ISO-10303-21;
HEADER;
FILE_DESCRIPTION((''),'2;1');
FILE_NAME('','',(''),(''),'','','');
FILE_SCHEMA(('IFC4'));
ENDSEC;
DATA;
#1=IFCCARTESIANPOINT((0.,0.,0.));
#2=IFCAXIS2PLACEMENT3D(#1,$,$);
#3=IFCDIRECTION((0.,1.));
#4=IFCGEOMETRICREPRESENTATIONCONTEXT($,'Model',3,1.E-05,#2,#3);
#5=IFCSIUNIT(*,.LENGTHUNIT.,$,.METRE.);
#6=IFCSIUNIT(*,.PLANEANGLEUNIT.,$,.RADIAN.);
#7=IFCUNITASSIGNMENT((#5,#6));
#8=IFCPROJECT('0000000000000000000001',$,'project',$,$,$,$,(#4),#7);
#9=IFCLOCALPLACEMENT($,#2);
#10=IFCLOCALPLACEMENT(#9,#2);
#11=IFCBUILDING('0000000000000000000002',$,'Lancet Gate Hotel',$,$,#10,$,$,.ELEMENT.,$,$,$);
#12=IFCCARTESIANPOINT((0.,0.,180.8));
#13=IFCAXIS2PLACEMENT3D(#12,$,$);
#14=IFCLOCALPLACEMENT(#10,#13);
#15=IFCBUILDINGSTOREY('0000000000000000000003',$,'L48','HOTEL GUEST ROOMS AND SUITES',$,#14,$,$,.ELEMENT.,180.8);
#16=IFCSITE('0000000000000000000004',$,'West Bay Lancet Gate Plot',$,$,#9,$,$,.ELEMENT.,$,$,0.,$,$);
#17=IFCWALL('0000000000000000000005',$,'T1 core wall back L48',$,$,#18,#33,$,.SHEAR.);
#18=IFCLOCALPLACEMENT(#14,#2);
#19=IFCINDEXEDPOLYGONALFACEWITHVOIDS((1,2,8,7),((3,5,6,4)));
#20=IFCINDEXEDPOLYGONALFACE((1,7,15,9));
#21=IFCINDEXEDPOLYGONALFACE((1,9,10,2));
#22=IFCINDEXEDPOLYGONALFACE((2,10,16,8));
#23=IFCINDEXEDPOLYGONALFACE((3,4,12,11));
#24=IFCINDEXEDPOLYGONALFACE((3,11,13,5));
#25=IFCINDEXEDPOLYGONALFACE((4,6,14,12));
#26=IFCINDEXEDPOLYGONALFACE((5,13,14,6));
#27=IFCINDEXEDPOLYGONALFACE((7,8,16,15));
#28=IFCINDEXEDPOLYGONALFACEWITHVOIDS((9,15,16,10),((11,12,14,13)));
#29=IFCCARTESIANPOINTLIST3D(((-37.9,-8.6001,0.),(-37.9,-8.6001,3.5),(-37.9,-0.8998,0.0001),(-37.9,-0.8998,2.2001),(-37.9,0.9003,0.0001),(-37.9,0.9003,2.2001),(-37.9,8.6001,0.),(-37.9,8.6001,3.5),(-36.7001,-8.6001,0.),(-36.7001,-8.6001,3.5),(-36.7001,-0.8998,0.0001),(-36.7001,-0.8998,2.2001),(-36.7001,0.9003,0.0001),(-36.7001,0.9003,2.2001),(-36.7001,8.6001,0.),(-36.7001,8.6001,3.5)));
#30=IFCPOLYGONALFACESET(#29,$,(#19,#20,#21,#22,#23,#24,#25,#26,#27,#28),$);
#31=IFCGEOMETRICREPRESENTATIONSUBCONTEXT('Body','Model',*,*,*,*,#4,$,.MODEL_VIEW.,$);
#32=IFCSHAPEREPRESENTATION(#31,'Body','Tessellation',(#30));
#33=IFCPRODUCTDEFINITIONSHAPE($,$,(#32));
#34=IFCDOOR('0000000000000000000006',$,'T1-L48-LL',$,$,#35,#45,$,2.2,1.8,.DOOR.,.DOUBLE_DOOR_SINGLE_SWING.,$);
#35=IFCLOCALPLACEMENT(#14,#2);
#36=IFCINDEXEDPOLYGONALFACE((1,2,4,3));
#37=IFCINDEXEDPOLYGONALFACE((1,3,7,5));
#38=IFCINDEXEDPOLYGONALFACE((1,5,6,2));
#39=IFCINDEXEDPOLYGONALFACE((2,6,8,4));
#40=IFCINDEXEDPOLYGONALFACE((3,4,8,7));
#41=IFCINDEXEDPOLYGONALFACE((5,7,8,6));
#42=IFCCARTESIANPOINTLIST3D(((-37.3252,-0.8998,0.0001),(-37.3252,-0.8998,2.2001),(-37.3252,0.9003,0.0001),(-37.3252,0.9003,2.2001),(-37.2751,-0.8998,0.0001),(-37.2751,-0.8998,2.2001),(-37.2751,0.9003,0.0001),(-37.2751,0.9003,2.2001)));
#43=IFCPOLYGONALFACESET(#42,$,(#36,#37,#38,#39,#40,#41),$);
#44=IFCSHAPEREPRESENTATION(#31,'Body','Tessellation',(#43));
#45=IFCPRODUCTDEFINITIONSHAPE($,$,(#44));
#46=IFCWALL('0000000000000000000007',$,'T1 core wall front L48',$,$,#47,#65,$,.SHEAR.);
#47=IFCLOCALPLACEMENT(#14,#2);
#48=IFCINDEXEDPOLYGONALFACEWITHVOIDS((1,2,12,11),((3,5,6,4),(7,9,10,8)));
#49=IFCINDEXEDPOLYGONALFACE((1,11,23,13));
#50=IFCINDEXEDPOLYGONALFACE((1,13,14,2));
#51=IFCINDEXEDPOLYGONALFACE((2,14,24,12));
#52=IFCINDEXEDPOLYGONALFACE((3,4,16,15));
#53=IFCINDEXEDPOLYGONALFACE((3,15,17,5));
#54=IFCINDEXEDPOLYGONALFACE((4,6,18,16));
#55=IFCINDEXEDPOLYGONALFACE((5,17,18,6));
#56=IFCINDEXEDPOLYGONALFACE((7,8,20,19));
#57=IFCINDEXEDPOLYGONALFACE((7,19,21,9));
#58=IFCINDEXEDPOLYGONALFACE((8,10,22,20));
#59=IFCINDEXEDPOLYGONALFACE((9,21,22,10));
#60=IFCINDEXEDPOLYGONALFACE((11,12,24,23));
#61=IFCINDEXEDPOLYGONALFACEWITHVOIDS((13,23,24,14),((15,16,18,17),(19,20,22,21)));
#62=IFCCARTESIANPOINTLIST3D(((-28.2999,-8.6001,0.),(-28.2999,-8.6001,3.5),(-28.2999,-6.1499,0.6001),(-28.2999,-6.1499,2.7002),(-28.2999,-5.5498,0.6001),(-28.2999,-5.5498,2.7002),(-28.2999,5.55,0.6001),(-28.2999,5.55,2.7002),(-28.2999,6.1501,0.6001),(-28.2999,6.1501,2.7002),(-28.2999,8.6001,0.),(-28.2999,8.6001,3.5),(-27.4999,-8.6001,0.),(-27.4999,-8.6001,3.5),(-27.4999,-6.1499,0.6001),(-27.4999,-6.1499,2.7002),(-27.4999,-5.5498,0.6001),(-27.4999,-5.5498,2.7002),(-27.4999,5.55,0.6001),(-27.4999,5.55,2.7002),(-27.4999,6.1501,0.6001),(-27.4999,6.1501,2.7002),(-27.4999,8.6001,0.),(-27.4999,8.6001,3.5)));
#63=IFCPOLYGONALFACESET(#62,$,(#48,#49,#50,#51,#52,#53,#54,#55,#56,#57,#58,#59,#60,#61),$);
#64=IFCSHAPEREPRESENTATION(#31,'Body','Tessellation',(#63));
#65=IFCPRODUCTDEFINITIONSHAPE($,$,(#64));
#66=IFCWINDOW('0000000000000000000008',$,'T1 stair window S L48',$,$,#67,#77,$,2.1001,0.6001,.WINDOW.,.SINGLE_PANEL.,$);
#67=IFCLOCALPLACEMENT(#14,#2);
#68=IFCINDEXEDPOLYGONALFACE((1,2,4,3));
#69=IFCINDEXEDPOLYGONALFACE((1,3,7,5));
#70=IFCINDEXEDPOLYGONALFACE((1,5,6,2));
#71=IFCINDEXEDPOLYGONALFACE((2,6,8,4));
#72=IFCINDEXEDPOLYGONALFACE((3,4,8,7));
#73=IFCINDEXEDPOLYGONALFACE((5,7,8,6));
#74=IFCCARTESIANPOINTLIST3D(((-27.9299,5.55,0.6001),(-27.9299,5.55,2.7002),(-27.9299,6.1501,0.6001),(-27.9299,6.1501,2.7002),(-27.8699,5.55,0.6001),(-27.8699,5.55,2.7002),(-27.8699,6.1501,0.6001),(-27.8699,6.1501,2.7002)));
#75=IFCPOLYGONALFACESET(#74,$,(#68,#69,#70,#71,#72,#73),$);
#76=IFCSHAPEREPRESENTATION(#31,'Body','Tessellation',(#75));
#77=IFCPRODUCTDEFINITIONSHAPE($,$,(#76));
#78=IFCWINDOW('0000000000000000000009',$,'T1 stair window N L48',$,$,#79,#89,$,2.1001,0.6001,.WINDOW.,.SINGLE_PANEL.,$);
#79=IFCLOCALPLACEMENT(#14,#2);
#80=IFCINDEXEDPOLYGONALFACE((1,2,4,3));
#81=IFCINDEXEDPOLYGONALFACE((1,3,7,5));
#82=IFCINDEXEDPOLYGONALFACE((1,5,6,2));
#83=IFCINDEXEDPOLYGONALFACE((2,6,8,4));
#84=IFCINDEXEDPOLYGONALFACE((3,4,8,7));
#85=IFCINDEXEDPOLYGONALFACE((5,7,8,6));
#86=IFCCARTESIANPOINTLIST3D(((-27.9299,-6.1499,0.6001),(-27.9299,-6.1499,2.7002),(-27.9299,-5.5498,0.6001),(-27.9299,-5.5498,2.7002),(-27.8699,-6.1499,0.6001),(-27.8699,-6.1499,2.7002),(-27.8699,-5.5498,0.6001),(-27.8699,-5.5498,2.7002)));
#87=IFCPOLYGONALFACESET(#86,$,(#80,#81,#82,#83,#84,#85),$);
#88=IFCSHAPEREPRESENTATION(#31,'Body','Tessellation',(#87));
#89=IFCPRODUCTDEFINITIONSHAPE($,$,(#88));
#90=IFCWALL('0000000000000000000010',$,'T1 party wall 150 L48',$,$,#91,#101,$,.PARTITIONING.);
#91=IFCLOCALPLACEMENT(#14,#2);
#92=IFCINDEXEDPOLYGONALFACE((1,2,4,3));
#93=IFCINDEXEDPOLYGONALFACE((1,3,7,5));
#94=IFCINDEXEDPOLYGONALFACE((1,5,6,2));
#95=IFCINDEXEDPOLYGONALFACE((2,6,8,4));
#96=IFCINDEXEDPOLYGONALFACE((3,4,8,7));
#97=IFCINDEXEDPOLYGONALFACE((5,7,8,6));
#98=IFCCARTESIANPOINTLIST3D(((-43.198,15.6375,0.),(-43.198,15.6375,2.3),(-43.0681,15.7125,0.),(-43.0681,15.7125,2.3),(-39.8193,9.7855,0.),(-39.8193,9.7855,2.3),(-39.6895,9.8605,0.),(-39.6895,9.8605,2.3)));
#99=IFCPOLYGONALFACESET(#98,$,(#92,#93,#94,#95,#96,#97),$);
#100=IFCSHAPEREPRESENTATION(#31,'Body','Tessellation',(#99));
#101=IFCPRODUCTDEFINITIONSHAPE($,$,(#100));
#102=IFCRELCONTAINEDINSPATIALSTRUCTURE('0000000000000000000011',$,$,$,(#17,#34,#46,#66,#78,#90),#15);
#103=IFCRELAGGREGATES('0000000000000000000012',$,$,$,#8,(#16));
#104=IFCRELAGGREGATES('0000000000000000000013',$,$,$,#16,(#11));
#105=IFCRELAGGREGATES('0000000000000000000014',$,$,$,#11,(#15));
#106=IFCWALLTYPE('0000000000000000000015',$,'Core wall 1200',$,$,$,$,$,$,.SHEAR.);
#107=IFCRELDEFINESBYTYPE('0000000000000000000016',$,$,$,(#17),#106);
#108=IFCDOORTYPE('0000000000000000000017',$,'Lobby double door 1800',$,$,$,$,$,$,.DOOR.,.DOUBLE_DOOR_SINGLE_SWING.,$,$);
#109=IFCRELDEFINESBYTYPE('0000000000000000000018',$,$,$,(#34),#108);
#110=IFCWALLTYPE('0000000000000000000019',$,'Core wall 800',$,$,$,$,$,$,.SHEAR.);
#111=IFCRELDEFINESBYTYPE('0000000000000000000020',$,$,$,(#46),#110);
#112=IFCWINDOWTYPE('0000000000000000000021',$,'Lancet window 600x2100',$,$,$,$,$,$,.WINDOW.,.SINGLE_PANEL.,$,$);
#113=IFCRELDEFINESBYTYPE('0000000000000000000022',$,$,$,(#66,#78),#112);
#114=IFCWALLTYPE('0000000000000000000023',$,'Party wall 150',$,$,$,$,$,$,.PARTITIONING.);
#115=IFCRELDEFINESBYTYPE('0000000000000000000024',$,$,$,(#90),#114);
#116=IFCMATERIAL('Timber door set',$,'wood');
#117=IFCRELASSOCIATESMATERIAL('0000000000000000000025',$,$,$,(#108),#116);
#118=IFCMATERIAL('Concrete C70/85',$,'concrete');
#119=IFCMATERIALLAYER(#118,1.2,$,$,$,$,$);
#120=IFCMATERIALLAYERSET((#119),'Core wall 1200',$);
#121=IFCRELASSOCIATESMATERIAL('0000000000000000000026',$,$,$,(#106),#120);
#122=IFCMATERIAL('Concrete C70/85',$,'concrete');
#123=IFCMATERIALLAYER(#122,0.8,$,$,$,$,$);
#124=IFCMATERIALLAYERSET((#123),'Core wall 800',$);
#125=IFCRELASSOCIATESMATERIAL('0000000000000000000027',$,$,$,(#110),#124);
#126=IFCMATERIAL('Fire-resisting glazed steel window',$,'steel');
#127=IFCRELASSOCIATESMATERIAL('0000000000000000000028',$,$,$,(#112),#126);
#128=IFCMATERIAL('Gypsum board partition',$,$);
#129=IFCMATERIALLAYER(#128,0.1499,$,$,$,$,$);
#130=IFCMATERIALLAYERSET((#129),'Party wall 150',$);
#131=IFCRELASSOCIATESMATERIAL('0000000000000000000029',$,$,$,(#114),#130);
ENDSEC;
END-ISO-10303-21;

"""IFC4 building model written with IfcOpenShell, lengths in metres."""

from ifc_helpers import new_model, si_unit, direction, frame, frame_2d, origin, place, context, subcontext, project, spatial, rectangle, extrude, material, layer, layer_set, type_object, element, fill, save


model = new_model("IFC4")

# Units and contexts
model_context = context("Model", 3, precision=1e-05, world=origin(), true_north=direction((0.0, 1.0)))
body_context = subcontext(model_context, "Body", "Model", "MODEL_VIEW")
ifc_project = project(units=[si_unit("LENGTHUNIT", "METRE"), si_unit("PLANEANGLEUNIT", "RADIAN")], contexts=[model_context])

# Site, building, storey
site_placement = place(None, origin())
site = spatial("IfcSite", under=ifc_project, at=site_placement, Name="West Bay Lancet Gate Plot", CompositionType="ELEMENT", RefElevation=0.0)
building_placement = place(site_placement, origin())
building = spatial("IfcBuilding", under=site, at=building_placement, Name="Lancet Gate Hotel", CompositionType="ELEMENT")
storey_placement = place(building_placement, frame((0.0, 0.0, 180.8)))
storey = spatial("IfcBuildingStorey", under=building, at=storey_placement, Name="L48", Description="HOTEL GUEST ROOMS AND SUITES", CompositionType="ELEMENT", Elevation=180.8)

# Shared definitions
ifc_material_1 = material(Name="Timber door set", Category="wood")
door_type_1 = type_object("IfcDoorType", Name="Lobby double door 1800", OperationType="DOUBLE_DOOR_SINGLE_SWING", PredefinedType="DOOR", material=ifc_material_1)

# Wall, opening, door
ifc_material_2 = material(Name="Concrete C70/85", Category="concrete")
ifc_layer_1 = layer(ifc_material_2, 1.2)
ifc_layer_set_1 = layer_set([ifc_layer_1], Name="Core wall 1200")
wall_type_1 = type_object("IfcWallType", Name="Core wall 1200", PredefinedType="SHEAR", material=ifc_layer_set_1)
wall_1_placement = place(storey_placement, frame((-37.3, 8.6001, 0.0), z_axis=(0.0, 0.0, 1.0), x_axis=(0.0, -1.0, 0.0)))
wall_1 = element("IfcWall", 1, at=wall_1_placement, inside=storey, type_object=wall_type_1, Name="T1 core wall back L48", PredefinedType="SHEAR", context=body_context, shape_type="SweptSolid", body=[
    extrude(rectangle(XDim=17.2002, YDim=1.2, at=frame_2d((8.6001, 0.0))), origin(), (0.0, 0.0, 1.0), 3.5),
])
opening_1_placement = place(wall_1_placement, frame((7.7, 0.0, 0.0)))
opening_1 = element("IfcOpeningElement", 2, at=opening_1_placement, cuts=wall_1, PredefinedType="OPENING", context=body_context, shape_type="SweptSolid", body=[
    extrude(rectangle(XDim=1.8, YDim=2.2, at=frame_2d((0.8999, 1.1001))), frame((0.0, 0.6099, 0.0), z_axis=(0.0, -1.0, 0.0), x_axis=(1.0, 0.0, 0.0)), (0.0, 0.0, 1.0), 1.22),
])
door_1_placement = place(opening_1_placement, origin())
door_1 = element("IfcDoor", 3, at=door_1_placement, inside=storey, type_object=door_type_1, Name="T1-L48-LL", OperationType="DOUBLE_DOOR_SINGLE_SWING", OverallHeight=2.2, OverallWidth=1.8, PredefinedType="DOOR", context=body_context, shape_type="SweptSolid", body=[
    extrude(rectangle(XDim=1.8, YDim=2.2, at=frame_2d((0.8999, 1.1001))), frame((0.0, 0.0249, 0.0), z_axis=(0.0, -1.0, 0.0), x_axis=(1.0, 0.0, 0.0)), (0.0, 0.0, 1.0), 0.05),
])
fill(opening_1, door_1)

# Wall, openings, windows
ifc_material_3 = material(Name="Concrete C70/85", Category="concrete")
ifc_layer_2 = layer(ifc_material_3, 0.8)
ifc_layer_set_2 = layer_set([ifc_layer_2], Name="Core wall 800")
wall_type_2 = type_object("IfcWallType", Name="Core wall 800", PredefinedType="SHEAR", material=ifc_layer_set_2)
wall_2_placement = place(storey_placement, frame((-27.8999, 8.6001, 0.0), z_axis=(0.0, 0.0, 1.0), x_axis=(0.0, -1.0, 0.0)))
wall_2 = element("IfcWall", 4, at=wall_2_placement, inside=storey, type_object=wall_type_2, Name="T1 core wall front L48", PredefinedType="SHEAR", context=body_context, shape_type="SweptSolid", body=[
    extrude(rectangle(XDim=17.2002, YDim=0.8, at=frame_2d((8.6001, 0.0))), origin(), (0.0, 0.0, 1.0), 3.5),
])
opening_2_placement = place(wall_2_placement, frame((2.45, 0.0, 0.6001)))
opening_2 = element("IfcOpeningElement", 5, at=opening_2_placement, cuts=wall_2, PredefinedType="OPENING", context=body_context, shape_type="SweptSolid", body=[
    extrude(rectangle(XDim=0.6001, YDim=2.1001, at=frame_2d((0.3, 1.05))), frame((0.0, 0.4099, 0.0), z_axis=(0.0, -1.0, 0.0), x_axis=(1.0, 0.0, 0.0)), (0.0, 0.0, 1.0), 0.8201),
])
opening_3_placement = place(wall_2_placement, frame((14.1499, 0.0, 0.6001)))
opening_3 = element("IfcOpeningElement", 6, at=opening_3_placement, cuts=wall_2, PredefinedType="OPENING", context=body_context, shape_type="SweptSolid", body=[
    extrude(rectangle(XDim=0.6001, YDim=2.1001, at=frame_2d((0.3, 1.05))), frame((0.0, 0.4099, 0.0), z_axis=(0.0, -1.0, 0.0), x_axis=(1.0, 0.0, 0.0)), (0.0, 0.0, 1.0), 0.8201),
])
ifc_material_4 = material(Name="Fire-resisting glazed steel window", Category="steel")
window_type = type_object("IfcWindowType", Name="Lancet window 600x2100", PartitioningType="SINGLE_PANEL", PredefinedType="WINDOW", material=ifc_material_4)
window_1_placement = place(opening_2_placement, origin())
window_1 = element("IfcWindow", 7, at=window_1_placement, inside=storey, type_object=window_type, Name="T1 stair window S L48", OverallHeight=2.1001, OverallWidth=0.6001, PartitioningType="SINGLE_PANEL", PredefinedType="WINDOW", context=body_context, shape_type="SweptSolid", body=[
    extrude(rectangle(XDim=0.6001, YDim=2.1001, at=frame_2d((0.3, 1.05))), frame((0.0, 0.03, 0.0), z_axis=(0.0, -1.0, 0.0), x_axis=(1.0, 0.0, 0.0)), (0.0, 0.0, 1.0), 0.0601),
])
fill(opening_2, window_1)
window_2_placement = place(opening_3_placement, origin())
window_2 = element("IfcWindow", 8, at=window_2_placement, inside=storey, type_object=window_type, Name="T1 stair window N L48", OverallHeight=2.1001, OverallWidth=0.6001, PartitioningType="SINGLE_PANEL", PredefinedType="WINDOW", context=body_context, shape_type="SweptSolid", body=[
    extrude(rectangle(XDim=0.6001, YDim=2.1001, at=frame_2d((0.3, 1.05))), frame((0.0, 0.03, 0.0), z_axis=(0.0, -1.0, 0.0), x_axis=(1.0, 0.0, 0.0)), (0.0, 0.0, 1.0), 0.0601),
])
fill(opening_3, window_2)

# Wall
ifc_material_5 = material(Name="Gypsum board partition")
ifc_layer_3 = layer(ifc_material_5, 0.1499)
ifc_layer_set_3 = layer_set([ifc_layer_3], Name="Party wall 150")
wall_type_3 = type_object("IfcWallType", Name="Party wall 150", PredefinedType="PARTITIONING", material=ifc_layer_set_3)
wall_3_placement = place(storey_placement, frame((-39.7544, 9.823, 0.0), z_axis=(0.0, 0.0, 1.0), x_axis=(-0.499998, 0.866027, 0.0)))
element("IfcWall", 9, at=wall_3_placement, inside=storey, type_object=wall_type_3, Name="T1 party wall 150 L48", PredefinedType="PARTITIONING", context=body_context, shape_type="SweptSolid", body=[
    extrude(rectangle(XDim=6.7573, YDim=0.1499, at=frame_2d((3.3787, 0.0))), origin(), (0.0, 0.0, 1.0), 2.3),
])

save(model, "model.ifc")
